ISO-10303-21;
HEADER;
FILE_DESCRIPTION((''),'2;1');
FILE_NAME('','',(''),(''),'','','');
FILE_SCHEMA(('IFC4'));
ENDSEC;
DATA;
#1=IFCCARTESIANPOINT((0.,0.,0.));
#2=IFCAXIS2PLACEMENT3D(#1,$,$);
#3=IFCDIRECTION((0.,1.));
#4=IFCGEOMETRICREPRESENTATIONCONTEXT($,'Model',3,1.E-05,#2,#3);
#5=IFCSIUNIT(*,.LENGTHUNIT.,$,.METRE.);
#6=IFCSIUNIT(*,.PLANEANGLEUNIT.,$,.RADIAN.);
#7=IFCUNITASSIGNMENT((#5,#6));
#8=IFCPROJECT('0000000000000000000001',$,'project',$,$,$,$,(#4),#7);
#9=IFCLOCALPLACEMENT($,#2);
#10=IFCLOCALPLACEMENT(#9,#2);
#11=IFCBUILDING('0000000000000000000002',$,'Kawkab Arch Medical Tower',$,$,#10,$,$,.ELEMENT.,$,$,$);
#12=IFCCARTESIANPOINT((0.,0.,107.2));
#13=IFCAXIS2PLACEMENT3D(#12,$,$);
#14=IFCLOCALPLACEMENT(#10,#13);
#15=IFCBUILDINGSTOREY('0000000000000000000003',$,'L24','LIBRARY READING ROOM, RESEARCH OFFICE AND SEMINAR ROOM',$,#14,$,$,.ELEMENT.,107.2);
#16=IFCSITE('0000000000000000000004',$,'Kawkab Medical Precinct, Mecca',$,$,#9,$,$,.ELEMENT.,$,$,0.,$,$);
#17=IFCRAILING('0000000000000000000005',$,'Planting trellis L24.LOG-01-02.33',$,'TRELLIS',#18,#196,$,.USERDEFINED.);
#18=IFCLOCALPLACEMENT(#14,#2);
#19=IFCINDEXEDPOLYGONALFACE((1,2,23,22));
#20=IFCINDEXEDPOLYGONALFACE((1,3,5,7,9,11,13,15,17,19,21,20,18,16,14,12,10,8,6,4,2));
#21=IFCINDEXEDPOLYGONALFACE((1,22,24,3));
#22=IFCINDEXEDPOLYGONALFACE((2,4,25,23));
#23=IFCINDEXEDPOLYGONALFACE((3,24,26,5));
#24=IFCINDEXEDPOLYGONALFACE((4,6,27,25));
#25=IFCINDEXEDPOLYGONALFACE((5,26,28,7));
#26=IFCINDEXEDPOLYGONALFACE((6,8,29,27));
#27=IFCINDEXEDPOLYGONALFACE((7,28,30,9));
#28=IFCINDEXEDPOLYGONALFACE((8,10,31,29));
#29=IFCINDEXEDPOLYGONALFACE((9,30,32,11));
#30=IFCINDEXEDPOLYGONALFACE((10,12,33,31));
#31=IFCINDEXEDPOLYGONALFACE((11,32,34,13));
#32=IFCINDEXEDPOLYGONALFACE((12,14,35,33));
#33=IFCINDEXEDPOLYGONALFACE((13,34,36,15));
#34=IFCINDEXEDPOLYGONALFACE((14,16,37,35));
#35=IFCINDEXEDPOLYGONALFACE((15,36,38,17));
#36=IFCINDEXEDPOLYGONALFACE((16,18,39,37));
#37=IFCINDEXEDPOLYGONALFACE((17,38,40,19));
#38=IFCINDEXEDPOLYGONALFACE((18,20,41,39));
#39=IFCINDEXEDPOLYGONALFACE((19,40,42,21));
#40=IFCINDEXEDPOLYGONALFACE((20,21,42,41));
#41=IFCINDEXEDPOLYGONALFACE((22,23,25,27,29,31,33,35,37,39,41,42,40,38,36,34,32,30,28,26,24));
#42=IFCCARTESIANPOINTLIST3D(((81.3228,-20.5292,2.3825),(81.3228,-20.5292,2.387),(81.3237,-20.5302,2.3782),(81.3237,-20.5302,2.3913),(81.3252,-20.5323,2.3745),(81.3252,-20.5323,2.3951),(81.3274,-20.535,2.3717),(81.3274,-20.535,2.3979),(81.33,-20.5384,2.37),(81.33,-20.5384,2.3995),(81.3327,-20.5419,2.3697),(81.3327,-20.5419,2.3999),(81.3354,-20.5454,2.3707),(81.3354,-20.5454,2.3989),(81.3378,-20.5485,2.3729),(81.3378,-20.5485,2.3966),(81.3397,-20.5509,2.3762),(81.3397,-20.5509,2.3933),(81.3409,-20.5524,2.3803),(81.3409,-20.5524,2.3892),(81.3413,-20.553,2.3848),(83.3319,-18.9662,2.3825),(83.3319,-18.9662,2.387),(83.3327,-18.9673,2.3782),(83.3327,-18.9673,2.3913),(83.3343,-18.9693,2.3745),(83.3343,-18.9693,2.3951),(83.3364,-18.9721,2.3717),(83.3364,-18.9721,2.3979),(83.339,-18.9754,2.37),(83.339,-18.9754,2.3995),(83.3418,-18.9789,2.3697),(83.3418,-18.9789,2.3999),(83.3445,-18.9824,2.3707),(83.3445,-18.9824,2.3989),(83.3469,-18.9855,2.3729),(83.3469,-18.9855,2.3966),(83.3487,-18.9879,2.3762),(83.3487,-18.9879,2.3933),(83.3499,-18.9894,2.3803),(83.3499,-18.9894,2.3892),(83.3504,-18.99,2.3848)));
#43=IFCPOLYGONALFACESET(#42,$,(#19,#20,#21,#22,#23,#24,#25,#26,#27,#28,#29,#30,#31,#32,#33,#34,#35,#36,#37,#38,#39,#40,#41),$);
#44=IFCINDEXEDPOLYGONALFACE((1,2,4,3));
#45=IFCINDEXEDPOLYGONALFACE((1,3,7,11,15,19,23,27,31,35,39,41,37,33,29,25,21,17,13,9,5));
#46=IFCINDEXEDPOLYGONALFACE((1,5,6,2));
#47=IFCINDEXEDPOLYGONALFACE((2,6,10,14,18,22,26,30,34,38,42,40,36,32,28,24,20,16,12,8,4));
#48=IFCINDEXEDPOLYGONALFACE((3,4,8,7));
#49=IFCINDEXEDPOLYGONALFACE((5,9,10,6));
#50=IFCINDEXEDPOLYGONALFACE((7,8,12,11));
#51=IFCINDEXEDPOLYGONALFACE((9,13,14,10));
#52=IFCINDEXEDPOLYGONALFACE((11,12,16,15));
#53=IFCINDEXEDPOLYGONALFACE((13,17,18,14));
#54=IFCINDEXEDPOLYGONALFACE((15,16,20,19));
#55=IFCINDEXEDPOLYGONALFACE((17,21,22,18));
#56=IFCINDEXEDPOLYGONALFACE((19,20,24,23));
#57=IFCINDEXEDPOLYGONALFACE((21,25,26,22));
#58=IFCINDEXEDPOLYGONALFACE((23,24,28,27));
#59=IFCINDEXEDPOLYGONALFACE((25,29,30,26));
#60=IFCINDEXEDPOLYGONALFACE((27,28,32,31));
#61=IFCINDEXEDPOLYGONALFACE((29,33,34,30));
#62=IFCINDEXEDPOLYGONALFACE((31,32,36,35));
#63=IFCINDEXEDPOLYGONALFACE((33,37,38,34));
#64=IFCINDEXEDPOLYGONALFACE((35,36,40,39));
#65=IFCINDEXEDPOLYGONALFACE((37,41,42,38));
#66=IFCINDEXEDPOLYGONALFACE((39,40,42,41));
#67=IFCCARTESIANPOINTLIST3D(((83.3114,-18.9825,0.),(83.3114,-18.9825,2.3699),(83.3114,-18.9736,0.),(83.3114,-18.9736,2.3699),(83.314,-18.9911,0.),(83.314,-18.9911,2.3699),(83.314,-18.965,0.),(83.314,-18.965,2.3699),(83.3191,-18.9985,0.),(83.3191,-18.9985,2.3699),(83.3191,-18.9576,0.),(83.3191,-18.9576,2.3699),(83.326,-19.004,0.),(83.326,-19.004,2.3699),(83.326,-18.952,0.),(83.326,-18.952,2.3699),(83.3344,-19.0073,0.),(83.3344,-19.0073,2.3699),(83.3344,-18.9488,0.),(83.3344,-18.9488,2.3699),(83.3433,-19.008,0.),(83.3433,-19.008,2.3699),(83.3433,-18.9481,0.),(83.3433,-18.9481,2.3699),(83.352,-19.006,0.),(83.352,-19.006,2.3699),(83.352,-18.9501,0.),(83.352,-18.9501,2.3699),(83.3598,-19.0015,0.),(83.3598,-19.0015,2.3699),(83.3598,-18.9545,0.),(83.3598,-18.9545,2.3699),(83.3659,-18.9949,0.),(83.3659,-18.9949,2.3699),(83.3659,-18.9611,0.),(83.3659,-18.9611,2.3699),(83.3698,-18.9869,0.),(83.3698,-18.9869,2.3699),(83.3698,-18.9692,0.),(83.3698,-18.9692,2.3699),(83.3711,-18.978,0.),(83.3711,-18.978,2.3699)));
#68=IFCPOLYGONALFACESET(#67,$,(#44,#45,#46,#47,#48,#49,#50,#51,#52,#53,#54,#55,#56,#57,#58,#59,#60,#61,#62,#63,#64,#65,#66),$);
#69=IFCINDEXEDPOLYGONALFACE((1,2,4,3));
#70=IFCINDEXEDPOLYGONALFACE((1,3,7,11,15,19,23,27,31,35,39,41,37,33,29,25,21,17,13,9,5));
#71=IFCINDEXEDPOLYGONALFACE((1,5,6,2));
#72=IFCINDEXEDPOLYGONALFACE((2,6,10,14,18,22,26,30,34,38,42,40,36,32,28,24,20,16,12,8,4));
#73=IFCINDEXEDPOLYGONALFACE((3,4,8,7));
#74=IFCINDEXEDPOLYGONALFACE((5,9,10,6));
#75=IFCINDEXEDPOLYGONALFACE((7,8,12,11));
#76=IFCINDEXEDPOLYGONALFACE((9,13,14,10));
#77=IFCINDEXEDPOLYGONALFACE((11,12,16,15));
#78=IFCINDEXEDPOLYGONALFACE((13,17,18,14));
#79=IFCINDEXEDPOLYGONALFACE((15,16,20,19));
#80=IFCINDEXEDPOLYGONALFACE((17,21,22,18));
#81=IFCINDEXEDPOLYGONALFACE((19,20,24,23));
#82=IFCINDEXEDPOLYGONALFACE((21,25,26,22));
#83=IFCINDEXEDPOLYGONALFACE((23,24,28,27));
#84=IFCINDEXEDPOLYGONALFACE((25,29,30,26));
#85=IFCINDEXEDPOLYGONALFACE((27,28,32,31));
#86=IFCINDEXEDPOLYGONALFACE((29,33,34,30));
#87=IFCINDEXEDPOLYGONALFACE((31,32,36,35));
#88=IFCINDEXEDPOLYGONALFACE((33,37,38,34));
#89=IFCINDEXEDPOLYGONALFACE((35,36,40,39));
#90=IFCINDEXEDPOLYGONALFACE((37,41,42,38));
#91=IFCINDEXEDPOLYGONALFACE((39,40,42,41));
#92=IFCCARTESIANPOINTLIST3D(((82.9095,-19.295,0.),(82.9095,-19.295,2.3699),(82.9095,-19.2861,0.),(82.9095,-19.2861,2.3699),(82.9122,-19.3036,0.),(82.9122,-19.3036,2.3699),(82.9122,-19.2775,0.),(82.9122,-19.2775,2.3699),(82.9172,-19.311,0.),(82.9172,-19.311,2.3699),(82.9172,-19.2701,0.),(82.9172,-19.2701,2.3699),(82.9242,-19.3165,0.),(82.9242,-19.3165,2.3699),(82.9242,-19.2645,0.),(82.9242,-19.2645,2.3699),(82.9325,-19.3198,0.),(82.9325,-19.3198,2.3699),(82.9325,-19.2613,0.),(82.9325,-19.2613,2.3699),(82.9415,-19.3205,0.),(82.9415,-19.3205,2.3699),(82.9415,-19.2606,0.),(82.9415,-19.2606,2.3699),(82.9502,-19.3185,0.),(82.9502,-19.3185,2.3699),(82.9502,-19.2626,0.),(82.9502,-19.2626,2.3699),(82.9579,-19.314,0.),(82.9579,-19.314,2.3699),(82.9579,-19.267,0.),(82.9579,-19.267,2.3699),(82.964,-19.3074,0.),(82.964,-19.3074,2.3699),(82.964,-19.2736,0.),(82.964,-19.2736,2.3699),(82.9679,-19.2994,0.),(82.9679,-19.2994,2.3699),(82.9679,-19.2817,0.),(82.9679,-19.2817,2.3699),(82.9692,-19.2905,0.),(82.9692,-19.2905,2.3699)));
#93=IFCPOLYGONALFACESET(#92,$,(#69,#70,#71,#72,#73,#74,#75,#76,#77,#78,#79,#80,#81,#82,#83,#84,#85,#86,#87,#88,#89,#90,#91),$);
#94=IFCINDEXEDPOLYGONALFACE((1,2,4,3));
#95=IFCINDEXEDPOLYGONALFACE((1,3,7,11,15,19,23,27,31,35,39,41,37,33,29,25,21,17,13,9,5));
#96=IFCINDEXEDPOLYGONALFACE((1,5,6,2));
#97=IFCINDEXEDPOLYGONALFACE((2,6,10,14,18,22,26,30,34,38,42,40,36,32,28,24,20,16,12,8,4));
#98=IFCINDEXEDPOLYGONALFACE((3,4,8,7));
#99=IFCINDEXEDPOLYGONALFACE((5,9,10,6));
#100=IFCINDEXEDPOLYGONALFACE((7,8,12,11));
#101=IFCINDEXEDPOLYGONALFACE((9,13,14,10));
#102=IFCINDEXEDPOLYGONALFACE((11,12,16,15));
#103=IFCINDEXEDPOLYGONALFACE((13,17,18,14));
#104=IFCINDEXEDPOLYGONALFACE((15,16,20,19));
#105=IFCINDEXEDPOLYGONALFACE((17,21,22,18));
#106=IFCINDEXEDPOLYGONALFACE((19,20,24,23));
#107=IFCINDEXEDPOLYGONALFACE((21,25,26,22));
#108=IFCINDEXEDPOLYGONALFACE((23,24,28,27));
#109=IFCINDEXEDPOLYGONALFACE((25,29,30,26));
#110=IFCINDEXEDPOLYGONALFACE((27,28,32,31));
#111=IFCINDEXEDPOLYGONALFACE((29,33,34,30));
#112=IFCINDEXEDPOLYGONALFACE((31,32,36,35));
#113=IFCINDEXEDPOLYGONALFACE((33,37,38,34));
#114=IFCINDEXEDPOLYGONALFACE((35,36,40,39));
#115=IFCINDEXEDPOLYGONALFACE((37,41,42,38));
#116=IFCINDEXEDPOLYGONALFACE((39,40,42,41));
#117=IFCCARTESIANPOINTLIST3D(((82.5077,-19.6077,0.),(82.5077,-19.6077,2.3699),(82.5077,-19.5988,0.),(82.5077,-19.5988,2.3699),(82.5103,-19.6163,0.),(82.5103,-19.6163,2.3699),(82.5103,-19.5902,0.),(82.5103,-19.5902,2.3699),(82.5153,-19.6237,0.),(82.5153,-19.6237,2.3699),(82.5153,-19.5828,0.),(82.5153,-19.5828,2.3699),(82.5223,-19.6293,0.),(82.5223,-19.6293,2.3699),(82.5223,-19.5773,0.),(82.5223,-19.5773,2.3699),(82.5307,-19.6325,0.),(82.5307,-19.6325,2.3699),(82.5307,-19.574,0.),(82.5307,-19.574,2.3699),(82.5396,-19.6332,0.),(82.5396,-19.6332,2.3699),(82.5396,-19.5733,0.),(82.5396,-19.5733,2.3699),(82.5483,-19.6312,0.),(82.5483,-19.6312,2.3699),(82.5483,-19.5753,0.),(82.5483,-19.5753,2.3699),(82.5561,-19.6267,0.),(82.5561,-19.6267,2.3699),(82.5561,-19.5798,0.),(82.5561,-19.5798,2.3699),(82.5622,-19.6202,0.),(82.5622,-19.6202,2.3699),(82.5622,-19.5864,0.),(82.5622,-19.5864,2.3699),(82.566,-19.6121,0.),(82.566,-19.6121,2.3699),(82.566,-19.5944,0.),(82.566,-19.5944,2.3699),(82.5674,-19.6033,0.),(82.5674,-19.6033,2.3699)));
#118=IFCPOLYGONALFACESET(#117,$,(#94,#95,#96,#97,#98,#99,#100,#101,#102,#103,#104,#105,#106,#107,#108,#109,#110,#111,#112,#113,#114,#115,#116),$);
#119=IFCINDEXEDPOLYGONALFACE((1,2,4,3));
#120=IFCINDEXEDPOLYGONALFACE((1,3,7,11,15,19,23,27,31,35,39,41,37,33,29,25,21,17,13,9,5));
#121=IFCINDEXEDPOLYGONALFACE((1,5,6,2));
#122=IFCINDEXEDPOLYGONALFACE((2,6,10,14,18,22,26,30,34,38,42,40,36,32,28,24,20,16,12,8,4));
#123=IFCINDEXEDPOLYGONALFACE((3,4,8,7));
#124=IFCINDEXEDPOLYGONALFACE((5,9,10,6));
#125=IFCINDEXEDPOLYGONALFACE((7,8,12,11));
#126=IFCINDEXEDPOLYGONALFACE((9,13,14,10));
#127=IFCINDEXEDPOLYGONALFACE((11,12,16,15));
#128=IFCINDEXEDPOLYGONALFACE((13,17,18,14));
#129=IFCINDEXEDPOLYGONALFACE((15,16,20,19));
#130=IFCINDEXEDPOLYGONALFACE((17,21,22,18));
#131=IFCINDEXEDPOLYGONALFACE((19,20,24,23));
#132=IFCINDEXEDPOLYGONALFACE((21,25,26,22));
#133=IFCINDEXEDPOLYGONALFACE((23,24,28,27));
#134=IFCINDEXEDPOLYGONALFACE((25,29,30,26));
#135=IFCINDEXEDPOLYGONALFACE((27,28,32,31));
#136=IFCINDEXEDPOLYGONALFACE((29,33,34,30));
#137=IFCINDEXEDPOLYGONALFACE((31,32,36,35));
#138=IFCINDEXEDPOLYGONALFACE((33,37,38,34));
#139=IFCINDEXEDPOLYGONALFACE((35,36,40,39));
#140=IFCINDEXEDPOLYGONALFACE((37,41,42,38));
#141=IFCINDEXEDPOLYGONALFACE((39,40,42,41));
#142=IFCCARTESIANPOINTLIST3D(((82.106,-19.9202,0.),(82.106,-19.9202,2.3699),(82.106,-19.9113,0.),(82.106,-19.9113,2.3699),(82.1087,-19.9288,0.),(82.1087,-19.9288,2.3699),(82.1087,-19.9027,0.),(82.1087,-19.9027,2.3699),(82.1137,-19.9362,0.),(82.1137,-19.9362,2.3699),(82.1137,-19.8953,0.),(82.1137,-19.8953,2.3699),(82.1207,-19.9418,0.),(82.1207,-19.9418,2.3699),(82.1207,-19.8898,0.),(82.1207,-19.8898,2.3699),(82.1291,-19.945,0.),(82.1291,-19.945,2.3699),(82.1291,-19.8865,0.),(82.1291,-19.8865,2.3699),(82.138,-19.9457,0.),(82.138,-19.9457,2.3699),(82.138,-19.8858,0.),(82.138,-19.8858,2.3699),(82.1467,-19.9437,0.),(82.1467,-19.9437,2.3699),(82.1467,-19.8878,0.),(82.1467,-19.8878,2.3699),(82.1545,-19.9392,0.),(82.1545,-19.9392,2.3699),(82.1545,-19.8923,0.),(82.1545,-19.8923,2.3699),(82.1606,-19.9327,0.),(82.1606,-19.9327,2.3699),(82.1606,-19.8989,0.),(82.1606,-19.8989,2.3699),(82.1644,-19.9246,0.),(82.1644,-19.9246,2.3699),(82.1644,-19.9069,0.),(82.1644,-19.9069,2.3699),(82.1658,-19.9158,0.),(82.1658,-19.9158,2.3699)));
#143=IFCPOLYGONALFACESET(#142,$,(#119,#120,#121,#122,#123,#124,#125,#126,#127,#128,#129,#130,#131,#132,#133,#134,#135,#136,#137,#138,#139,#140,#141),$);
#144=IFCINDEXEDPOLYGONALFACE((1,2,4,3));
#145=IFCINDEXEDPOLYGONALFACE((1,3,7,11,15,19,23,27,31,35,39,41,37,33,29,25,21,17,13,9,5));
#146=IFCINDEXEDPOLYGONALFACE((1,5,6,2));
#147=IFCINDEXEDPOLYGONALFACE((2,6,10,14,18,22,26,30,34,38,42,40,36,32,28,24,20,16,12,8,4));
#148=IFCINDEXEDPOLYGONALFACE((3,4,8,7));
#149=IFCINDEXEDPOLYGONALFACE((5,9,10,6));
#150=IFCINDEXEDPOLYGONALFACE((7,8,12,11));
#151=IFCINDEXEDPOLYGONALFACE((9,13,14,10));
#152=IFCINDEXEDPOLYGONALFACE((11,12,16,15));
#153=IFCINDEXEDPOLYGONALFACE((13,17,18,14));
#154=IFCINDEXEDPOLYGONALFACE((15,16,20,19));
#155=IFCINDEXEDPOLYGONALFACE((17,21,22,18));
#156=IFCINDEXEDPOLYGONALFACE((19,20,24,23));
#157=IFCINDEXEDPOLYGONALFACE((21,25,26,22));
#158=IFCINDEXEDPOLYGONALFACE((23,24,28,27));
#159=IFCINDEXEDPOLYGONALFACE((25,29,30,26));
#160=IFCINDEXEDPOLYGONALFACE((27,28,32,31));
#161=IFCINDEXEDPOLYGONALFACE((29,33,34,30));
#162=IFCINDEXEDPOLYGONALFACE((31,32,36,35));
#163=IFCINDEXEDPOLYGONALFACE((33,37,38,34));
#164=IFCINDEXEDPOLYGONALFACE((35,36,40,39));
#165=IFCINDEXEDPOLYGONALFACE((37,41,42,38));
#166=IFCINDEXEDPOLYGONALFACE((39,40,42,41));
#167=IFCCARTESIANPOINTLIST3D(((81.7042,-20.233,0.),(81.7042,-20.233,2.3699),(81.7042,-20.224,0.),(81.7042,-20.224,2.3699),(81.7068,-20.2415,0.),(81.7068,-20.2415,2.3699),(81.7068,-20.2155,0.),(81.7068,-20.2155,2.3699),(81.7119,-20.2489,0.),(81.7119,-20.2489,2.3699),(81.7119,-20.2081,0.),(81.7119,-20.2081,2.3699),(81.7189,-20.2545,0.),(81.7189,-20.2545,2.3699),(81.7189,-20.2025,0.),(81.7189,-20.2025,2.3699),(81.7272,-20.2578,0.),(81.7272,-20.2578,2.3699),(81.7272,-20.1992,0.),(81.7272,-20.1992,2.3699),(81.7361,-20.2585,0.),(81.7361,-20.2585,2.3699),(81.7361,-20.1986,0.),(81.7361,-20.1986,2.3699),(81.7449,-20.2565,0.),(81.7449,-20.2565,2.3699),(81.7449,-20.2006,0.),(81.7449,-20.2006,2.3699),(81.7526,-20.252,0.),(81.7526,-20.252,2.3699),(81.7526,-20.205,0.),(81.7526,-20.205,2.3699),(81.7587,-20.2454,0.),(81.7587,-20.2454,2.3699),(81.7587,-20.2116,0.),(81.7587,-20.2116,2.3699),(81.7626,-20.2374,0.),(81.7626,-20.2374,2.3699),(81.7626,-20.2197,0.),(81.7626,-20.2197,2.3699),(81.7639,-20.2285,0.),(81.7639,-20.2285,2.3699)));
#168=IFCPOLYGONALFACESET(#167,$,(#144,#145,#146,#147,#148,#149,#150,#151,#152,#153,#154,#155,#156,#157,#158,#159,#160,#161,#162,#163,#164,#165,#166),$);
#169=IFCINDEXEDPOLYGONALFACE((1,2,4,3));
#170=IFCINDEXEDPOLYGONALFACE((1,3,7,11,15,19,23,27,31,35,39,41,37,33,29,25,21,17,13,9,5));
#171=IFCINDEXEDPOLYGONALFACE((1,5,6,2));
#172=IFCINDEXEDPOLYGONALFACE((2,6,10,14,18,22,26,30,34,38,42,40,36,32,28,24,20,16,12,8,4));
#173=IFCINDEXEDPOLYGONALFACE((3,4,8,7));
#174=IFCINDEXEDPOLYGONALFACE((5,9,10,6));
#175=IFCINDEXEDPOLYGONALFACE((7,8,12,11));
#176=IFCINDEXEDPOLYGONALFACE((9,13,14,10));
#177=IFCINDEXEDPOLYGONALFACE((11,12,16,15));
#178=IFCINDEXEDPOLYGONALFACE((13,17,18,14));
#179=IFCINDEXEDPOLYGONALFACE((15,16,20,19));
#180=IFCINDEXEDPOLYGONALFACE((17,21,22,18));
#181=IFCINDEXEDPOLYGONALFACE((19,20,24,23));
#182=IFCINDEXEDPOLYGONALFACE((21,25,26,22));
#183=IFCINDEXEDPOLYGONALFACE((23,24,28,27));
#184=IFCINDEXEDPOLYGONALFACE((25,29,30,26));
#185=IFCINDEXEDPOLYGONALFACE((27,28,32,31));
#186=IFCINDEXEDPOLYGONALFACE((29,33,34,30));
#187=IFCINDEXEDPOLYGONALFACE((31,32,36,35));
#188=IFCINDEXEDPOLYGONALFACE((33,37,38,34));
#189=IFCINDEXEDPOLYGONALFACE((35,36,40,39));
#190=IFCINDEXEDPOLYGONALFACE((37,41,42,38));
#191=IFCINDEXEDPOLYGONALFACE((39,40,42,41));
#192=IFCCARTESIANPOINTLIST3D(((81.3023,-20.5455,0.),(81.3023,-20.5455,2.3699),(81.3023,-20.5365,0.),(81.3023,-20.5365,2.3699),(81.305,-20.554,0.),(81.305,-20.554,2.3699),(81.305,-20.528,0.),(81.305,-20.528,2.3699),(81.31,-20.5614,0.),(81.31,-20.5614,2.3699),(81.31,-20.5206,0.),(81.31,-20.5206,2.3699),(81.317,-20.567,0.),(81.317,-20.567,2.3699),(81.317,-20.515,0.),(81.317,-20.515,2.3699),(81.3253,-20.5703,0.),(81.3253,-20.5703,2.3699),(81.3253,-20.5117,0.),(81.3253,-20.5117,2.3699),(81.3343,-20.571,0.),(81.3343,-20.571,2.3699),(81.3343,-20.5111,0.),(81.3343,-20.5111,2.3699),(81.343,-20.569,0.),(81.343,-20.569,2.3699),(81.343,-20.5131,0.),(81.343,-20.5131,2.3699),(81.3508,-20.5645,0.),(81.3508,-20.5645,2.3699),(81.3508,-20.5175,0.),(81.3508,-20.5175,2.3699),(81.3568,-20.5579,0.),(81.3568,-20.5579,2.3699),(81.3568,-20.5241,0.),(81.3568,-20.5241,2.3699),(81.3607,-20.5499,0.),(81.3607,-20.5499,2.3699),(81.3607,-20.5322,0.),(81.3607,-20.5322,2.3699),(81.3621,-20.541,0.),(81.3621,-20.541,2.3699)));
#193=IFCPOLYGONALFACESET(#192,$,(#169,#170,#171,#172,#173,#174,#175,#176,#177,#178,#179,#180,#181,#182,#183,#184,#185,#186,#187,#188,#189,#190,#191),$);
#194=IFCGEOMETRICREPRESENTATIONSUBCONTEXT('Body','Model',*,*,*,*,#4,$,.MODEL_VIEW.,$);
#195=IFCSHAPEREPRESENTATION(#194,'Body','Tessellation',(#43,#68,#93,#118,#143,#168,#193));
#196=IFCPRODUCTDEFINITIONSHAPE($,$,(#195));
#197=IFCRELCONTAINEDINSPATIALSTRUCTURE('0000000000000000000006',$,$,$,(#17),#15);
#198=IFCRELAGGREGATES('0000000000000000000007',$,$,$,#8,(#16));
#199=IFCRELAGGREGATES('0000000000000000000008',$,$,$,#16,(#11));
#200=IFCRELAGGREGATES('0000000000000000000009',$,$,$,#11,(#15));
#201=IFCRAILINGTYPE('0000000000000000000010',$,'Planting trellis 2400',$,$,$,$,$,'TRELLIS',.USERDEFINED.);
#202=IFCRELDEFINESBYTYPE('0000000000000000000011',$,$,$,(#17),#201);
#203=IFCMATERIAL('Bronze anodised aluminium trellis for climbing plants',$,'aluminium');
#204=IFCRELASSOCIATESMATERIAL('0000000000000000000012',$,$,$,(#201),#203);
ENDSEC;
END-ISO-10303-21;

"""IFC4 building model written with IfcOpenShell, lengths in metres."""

from ifc_helpers import new_model, si_unit, direction, frame, origin, origin_2d, place, context, subcontext, project, spatial, circle, extrude, material, type_object, element, save


model = new_model("IFC4")

# Units and contexts
model_context = context("Model", 3, precision=1e-05, world=origin(), true_north=direction((0.0, 1.0)))
body_context = subcontext(model_context, "Body", "Model", "MODEL_VIEW")
ifc_project = project(units=[si_unit("LENGTHUNIT", "METRE"), si_unit("PLANEANGLEUNIT", "RADIAN")], contexts=[model_context])

# Site, building, storey
site_placement = place(None, origin())
site = spatial("IfcSite", under=ifc_project, at=site_placement, Name="Kawkab Medical Precinct, Mecca", CompositionType="ELEMENT", RefElevation=0.0)
building_placement = place(site_placement, origin())
building = spatial("IfcBuilding", under=site, at=building_placement, Name="Kawkab Arch Medical Tower", CompositionType="ELEMENT")
storey_placement = place(building_placement, frame((0.0, 0.0, 107.2)))
storey = spatial("IfcBuildingStorey", under=building, at=storey_placement, Name="L24", Description="LIBRARY READING ROOM, RESEARCH OFFICE AND SEMINAR ROOM", CompositionType="ELEMENT", Elevation=107.2)

# Railing
ifc_material_1 = material(Name="Bronze anodised aluminium trellis for climbing plants", Category="aluminium")
railing_type = type_object("IfcRailingType", Name="Planting trellis 2400", ElementType="TRELLIS", PredefinedType="USERDEFINED", material=ifc_material_1)
railing_1_placement = place(storey_placement, frame((83.3411, -18.978, 0.0)))
element("IfcRailing", 1, at=railing_1_placement, inside=storey, type_object=railing_type, Name="Planting trellis L24.LOG-01-02.33", ObjectType="TRELLIS", PredefinedType="USERDEFINED", context=body_context, shape_type="SweptSolid", body=[
    extrude(circle(Radius=0.0151, at=origin_2d()), frame((0.0, 0.0, 2.3848), z_axis=(-0.789275, -0.61404, 0.0), x_axis=(0.61404, -0.789275, 0.0)), (0.0, 0.0, 1.0), 2.5454),
    extrude(circle(Radius=0.03, at=origin_2d()), origin(), (0.0, 0.0, 1.0), 2.3699),
    extrude(circle(Radius=0.03, at=origin_2d()), frame((-0.4019, -0.3125, 0.0)), (0.0, 0.0, 1.0), 2.3699),
    extrude(circle(Radius=0.03, at=origin_2d()), frame((-0.8037, -0.6252, 0.0)), (0.0, 0.0, 1.0), 2.3699),
    extrude(circle(Radius=0.03, at=origin_2d()), frame((-1.2053, -0.9377, 0.0)), (0.0, 0.0, 1.0), 2.3699),
    extrude(circle(Radius=0.03, at=origin_2d()), frame((-1.6072, -1.2505, 0.0)), (0.0, 0.0, 1.0), 2.3699),
    extrude(circle(Radius=0.03, at=origin_2d()), frame((-2.009, -1.563, 0.0)), (0.0, 0.0, 1.0), 2.3699),
])

save(model, "model.ifc")
